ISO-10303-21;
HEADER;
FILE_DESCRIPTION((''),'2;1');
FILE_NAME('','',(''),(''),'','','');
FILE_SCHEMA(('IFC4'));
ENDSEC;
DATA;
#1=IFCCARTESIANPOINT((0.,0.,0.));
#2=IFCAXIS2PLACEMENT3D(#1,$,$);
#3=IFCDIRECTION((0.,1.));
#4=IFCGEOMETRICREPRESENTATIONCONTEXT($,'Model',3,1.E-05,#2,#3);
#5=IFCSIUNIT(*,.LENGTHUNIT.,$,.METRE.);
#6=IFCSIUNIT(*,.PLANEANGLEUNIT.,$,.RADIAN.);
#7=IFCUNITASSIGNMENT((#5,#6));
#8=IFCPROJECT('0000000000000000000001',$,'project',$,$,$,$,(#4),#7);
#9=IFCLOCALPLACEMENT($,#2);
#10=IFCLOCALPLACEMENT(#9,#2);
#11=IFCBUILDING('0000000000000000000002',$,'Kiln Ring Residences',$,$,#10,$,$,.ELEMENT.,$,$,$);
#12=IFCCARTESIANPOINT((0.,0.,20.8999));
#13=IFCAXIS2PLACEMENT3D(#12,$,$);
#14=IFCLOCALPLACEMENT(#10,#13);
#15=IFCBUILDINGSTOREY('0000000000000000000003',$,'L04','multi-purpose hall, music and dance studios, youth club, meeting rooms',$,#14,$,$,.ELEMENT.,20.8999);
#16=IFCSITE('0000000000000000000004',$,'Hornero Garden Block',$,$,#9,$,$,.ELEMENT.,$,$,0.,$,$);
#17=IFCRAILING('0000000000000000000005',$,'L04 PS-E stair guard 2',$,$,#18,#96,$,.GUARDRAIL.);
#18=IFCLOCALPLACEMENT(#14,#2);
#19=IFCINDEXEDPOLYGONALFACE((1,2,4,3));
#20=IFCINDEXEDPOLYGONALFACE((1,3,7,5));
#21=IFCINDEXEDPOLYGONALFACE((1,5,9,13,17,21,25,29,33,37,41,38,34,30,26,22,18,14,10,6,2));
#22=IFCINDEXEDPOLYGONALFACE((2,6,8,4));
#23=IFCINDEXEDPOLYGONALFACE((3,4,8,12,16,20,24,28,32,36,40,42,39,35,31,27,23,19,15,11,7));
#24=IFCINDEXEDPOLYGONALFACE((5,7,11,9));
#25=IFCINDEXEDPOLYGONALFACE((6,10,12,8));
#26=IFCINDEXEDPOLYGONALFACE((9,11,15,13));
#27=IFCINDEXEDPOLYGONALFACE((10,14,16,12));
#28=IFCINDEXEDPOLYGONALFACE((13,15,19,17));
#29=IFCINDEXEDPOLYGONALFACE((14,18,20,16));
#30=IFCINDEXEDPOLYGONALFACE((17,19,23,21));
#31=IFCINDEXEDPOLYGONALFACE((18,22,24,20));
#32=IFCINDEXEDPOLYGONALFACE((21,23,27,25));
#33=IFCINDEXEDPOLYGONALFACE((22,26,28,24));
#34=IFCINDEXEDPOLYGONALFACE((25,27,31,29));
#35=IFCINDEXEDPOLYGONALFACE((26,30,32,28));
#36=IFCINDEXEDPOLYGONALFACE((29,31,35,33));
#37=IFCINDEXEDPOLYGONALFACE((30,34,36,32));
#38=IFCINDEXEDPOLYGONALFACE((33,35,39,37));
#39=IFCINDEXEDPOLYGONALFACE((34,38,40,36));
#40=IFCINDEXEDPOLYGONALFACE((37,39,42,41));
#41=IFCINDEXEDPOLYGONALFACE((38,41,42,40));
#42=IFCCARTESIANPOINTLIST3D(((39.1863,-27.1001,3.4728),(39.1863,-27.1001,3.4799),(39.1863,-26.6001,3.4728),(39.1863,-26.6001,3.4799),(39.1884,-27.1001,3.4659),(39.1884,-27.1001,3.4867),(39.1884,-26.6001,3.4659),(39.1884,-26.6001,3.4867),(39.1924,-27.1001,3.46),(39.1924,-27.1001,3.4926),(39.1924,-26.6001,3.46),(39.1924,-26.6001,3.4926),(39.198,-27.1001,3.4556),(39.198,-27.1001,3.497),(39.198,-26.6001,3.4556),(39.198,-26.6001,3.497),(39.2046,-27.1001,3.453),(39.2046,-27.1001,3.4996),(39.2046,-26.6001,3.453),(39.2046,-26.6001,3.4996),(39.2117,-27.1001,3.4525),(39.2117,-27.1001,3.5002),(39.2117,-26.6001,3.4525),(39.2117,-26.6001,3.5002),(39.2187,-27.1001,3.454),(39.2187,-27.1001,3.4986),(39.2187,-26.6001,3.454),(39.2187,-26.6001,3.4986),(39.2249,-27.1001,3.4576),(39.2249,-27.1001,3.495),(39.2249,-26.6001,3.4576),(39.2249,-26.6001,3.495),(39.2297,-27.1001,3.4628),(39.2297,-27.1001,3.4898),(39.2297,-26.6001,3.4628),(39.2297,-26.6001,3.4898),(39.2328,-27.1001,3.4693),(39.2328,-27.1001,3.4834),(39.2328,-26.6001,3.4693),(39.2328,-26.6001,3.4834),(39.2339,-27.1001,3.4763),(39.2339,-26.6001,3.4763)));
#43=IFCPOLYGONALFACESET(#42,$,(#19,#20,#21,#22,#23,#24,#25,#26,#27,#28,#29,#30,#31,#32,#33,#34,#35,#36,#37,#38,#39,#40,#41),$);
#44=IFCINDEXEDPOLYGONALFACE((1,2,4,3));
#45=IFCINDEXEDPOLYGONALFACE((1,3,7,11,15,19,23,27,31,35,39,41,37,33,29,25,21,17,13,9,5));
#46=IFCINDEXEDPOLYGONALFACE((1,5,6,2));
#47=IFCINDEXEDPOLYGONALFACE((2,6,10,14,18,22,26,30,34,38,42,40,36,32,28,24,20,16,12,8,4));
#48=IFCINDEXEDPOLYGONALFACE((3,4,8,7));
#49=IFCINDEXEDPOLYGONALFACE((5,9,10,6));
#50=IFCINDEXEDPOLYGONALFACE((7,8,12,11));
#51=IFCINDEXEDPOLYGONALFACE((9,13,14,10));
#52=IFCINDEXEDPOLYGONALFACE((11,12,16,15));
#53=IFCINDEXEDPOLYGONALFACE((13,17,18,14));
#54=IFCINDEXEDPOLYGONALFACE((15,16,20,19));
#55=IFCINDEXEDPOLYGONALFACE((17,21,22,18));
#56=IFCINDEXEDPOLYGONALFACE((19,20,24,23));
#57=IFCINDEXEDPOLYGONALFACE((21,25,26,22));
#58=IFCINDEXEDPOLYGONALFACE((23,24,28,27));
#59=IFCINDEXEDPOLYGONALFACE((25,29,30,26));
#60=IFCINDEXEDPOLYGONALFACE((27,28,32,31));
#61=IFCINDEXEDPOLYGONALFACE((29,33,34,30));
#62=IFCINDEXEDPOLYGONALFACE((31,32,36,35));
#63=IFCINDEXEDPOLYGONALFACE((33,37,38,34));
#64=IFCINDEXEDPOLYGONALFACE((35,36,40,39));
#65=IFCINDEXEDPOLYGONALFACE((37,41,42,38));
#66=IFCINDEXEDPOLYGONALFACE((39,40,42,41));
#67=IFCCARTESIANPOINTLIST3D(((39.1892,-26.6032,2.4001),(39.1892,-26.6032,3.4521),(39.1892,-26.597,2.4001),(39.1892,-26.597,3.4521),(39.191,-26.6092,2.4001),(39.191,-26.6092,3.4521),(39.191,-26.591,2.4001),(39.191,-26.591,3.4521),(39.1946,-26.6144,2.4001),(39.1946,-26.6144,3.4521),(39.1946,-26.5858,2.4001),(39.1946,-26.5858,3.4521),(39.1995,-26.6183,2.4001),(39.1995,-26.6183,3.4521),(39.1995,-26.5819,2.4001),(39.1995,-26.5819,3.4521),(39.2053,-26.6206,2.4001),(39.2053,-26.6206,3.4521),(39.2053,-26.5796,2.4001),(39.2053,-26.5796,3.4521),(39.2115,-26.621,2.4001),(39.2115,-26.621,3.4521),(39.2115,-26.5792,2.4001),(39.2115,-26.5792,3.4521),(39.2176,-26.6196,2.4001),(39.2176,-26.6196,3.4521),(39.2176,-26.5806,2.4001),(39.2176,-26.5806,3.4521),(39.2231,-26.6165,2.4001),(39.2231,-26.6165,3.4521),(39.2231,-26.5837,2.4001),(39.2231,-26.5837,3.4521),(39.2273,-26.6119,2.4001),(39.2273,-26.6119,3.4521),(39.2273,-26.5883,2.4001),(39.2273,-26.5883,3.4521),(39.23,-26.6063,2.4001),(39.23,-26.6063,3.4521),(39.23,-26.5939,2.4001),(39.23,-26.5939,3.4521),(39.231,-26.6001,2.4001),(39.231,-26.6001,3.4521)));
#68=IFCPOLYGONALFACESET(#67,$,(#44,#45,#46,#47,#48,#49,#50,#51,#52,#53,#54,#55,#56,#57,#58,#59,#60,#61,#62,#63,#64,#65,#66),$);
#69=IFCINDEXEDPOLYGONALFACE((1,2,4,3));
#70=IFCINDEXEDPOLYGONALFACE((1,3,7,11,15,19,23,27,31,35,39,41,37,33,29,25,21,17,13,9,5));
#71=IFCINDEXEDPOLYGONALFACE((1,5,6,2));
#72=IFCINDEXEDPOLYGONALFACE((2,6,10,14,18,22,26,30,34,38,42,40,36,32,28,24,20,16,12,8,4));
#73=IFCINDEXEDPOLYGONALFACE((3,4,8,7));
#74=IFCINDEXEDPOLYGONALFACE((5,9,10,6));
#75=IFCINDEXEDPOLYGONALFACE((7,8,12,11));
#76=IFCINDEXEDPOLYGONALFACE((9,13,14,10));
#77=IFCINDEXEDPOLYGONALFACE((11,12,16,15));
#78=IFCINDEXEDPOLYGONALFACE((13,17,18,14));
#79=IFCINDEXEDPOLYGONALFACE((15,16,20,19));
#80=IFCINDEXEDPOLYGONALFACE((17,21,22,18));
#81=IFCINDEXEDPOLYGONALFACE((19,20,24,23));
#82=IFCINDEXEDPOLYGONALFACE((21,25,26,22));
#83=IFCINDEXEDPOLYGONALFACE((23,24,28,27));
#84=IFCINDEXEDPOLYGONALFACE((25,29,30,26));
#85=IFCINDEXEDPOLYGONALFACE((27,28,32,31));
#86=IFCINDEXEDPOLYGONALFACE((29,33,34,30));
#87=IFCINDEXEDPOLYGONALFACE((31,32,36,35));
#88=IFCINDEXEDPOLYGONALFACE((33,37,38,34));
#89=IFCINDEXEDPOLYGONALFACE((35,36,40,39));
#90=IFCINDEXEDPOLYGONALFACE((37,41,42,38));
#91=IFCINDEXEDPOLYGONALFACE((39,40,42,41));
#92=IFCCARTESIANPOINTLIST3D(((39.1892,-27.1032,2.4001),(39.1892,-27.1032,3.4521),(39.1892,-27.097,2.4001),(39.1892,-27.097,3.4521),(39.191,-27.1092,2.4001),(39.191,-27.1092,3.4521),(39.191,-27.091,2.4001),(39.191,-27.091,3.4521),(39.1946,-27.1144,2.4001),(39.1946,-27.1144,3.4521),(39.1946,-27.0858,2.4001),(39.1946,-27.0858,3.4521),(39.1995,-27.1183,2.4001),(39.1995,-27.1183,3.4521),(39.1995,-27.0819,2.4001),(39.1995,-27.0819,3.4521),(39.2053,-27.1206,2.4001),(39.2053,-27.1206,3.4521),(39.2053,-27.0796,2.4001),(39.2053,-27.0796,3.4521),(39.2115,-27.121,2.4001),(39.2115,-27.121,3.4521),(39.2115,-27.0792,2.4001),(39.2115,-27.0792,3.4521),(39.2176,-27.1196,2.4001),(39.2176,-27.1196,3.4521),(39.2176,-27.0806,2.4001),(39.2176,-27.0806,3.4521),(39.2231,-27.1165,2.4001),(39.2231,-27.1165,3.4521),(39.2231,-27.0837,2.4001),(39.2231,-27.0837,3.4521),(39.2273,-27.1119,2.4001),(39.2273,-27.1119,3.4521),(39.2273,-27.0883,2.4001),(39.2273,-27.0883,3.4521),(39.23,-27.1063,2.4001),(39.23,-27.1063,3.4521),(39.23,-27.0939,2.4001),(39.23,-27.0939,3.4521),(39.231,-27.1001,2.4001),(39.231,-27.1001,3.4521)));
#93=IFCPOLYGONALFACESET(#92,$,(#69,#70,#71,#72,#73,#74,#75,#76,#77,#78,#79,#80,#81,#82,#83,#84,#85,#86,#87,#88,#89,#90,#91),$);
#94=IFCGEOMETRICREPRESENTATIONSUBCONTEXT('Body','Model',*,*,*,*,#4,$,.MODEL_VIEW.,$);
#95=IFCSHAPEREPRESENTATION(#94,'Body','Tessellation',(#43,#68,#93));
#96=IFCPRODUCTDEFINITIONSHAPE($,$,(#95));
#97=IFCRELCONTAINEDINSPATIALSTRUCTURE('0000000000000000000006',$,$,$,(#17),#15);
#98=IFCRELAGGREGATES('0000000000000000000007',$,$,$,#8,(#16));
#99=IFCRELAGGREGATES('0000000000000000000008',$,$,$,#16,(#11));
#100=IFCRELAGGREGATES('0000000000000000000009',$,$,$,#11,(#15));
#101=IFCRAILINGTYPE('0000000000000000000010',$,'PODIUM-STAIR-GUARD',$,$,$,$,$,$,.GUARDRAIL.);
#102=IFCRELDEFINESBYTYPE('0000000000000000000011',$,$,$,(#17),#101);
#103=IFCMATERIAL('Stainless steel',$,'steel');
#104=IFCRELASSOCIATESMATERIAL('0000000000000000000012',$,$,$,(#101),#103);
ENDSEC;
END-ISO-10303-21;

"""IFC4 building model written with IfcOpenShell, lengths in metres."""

from ifc_helpers import new_model, si_unit, direction, frame, origin, origin_2d, place, context, subcontext, project, spatial, circle, extrude, material, type_object, element, save


model = new_model("IFC4")

# Units and contexts
model_context = context("Model", 3, precision=1e-05, world=origin(), true_north=direction((0.0, 1.0)))
body_context = subcontext(model_context, "Body", "Model", "MODEL_VIEW")
ifc_project = project(units=[si_unit("LENGTHUNIT", "METRE"), si_unit("PLANEANGLEUNIT", "RADIAN")], contexts=[model_context])

# Site, building, storey
site_placement = place(None, origin())
site = spatial("IfcSite", under=ifc_project, at=site_placement, Name="Hornero Garden Block", CompositionType="ELEMENT", RefElevation=0.0)
building_placement = place(site_placement, origin())
building = spatial("IfcBuilding", under=site, at=building_placement, Name="Kiln Ring Residences", CompositionType="ELEMENT")
storey_placement = place(building_placement, frame((0.0, 0.0, 20.8999)))
storey = spatial("IfcBuildingStorey", under=building, at=storey_placement, Name="L04", Description="multi-purpose hall, music and dance studios, youth club, meeting rooms", CompositionType="ELEMENT", Elevation=20.8999)

# Railing
ifc_material_1 = material(Name="Stainless steel", Category="steel")
railing_type_1 = type_object("IfcRailingType", Name="PODIUM-STAIR-GUARD", PredefinedType="GUARDRAIL", material=ifc_material_1)
railing_1_placement = place(storey_placement, frame((39.21, -26.6001, 2.4001)))
element("IfcRailing", 1, at=railing_1_placement, inside=storey, type_object=railing_type_1, Name="L04 PS-E stair guard 2", PredefinedType="GUARDRAIL", context=body_context, shape_type="SweptSolid", body=[
    extrude(circle(Radius=0.0239, at=origin_2d()), frame((0.0, 0.0, 1.0762), z_axis=(0.0, -1.0, 0.0), x_axis=(1.0, 0.0, 0.0)), (0.0, 0.0, 1.0), 0.5),
    extrude(circle(Radius=0.021, at=origin_2d()), origin(), (0.0, 0.0, 1.0), 1.052),
    extrude(circle(Radius=0.021, at=origin_2d()), frame((0.0, -0.5, 0.0)), (0.0, 0.0, 1.0), 1.052),
])

save(model, "model.ifc")
